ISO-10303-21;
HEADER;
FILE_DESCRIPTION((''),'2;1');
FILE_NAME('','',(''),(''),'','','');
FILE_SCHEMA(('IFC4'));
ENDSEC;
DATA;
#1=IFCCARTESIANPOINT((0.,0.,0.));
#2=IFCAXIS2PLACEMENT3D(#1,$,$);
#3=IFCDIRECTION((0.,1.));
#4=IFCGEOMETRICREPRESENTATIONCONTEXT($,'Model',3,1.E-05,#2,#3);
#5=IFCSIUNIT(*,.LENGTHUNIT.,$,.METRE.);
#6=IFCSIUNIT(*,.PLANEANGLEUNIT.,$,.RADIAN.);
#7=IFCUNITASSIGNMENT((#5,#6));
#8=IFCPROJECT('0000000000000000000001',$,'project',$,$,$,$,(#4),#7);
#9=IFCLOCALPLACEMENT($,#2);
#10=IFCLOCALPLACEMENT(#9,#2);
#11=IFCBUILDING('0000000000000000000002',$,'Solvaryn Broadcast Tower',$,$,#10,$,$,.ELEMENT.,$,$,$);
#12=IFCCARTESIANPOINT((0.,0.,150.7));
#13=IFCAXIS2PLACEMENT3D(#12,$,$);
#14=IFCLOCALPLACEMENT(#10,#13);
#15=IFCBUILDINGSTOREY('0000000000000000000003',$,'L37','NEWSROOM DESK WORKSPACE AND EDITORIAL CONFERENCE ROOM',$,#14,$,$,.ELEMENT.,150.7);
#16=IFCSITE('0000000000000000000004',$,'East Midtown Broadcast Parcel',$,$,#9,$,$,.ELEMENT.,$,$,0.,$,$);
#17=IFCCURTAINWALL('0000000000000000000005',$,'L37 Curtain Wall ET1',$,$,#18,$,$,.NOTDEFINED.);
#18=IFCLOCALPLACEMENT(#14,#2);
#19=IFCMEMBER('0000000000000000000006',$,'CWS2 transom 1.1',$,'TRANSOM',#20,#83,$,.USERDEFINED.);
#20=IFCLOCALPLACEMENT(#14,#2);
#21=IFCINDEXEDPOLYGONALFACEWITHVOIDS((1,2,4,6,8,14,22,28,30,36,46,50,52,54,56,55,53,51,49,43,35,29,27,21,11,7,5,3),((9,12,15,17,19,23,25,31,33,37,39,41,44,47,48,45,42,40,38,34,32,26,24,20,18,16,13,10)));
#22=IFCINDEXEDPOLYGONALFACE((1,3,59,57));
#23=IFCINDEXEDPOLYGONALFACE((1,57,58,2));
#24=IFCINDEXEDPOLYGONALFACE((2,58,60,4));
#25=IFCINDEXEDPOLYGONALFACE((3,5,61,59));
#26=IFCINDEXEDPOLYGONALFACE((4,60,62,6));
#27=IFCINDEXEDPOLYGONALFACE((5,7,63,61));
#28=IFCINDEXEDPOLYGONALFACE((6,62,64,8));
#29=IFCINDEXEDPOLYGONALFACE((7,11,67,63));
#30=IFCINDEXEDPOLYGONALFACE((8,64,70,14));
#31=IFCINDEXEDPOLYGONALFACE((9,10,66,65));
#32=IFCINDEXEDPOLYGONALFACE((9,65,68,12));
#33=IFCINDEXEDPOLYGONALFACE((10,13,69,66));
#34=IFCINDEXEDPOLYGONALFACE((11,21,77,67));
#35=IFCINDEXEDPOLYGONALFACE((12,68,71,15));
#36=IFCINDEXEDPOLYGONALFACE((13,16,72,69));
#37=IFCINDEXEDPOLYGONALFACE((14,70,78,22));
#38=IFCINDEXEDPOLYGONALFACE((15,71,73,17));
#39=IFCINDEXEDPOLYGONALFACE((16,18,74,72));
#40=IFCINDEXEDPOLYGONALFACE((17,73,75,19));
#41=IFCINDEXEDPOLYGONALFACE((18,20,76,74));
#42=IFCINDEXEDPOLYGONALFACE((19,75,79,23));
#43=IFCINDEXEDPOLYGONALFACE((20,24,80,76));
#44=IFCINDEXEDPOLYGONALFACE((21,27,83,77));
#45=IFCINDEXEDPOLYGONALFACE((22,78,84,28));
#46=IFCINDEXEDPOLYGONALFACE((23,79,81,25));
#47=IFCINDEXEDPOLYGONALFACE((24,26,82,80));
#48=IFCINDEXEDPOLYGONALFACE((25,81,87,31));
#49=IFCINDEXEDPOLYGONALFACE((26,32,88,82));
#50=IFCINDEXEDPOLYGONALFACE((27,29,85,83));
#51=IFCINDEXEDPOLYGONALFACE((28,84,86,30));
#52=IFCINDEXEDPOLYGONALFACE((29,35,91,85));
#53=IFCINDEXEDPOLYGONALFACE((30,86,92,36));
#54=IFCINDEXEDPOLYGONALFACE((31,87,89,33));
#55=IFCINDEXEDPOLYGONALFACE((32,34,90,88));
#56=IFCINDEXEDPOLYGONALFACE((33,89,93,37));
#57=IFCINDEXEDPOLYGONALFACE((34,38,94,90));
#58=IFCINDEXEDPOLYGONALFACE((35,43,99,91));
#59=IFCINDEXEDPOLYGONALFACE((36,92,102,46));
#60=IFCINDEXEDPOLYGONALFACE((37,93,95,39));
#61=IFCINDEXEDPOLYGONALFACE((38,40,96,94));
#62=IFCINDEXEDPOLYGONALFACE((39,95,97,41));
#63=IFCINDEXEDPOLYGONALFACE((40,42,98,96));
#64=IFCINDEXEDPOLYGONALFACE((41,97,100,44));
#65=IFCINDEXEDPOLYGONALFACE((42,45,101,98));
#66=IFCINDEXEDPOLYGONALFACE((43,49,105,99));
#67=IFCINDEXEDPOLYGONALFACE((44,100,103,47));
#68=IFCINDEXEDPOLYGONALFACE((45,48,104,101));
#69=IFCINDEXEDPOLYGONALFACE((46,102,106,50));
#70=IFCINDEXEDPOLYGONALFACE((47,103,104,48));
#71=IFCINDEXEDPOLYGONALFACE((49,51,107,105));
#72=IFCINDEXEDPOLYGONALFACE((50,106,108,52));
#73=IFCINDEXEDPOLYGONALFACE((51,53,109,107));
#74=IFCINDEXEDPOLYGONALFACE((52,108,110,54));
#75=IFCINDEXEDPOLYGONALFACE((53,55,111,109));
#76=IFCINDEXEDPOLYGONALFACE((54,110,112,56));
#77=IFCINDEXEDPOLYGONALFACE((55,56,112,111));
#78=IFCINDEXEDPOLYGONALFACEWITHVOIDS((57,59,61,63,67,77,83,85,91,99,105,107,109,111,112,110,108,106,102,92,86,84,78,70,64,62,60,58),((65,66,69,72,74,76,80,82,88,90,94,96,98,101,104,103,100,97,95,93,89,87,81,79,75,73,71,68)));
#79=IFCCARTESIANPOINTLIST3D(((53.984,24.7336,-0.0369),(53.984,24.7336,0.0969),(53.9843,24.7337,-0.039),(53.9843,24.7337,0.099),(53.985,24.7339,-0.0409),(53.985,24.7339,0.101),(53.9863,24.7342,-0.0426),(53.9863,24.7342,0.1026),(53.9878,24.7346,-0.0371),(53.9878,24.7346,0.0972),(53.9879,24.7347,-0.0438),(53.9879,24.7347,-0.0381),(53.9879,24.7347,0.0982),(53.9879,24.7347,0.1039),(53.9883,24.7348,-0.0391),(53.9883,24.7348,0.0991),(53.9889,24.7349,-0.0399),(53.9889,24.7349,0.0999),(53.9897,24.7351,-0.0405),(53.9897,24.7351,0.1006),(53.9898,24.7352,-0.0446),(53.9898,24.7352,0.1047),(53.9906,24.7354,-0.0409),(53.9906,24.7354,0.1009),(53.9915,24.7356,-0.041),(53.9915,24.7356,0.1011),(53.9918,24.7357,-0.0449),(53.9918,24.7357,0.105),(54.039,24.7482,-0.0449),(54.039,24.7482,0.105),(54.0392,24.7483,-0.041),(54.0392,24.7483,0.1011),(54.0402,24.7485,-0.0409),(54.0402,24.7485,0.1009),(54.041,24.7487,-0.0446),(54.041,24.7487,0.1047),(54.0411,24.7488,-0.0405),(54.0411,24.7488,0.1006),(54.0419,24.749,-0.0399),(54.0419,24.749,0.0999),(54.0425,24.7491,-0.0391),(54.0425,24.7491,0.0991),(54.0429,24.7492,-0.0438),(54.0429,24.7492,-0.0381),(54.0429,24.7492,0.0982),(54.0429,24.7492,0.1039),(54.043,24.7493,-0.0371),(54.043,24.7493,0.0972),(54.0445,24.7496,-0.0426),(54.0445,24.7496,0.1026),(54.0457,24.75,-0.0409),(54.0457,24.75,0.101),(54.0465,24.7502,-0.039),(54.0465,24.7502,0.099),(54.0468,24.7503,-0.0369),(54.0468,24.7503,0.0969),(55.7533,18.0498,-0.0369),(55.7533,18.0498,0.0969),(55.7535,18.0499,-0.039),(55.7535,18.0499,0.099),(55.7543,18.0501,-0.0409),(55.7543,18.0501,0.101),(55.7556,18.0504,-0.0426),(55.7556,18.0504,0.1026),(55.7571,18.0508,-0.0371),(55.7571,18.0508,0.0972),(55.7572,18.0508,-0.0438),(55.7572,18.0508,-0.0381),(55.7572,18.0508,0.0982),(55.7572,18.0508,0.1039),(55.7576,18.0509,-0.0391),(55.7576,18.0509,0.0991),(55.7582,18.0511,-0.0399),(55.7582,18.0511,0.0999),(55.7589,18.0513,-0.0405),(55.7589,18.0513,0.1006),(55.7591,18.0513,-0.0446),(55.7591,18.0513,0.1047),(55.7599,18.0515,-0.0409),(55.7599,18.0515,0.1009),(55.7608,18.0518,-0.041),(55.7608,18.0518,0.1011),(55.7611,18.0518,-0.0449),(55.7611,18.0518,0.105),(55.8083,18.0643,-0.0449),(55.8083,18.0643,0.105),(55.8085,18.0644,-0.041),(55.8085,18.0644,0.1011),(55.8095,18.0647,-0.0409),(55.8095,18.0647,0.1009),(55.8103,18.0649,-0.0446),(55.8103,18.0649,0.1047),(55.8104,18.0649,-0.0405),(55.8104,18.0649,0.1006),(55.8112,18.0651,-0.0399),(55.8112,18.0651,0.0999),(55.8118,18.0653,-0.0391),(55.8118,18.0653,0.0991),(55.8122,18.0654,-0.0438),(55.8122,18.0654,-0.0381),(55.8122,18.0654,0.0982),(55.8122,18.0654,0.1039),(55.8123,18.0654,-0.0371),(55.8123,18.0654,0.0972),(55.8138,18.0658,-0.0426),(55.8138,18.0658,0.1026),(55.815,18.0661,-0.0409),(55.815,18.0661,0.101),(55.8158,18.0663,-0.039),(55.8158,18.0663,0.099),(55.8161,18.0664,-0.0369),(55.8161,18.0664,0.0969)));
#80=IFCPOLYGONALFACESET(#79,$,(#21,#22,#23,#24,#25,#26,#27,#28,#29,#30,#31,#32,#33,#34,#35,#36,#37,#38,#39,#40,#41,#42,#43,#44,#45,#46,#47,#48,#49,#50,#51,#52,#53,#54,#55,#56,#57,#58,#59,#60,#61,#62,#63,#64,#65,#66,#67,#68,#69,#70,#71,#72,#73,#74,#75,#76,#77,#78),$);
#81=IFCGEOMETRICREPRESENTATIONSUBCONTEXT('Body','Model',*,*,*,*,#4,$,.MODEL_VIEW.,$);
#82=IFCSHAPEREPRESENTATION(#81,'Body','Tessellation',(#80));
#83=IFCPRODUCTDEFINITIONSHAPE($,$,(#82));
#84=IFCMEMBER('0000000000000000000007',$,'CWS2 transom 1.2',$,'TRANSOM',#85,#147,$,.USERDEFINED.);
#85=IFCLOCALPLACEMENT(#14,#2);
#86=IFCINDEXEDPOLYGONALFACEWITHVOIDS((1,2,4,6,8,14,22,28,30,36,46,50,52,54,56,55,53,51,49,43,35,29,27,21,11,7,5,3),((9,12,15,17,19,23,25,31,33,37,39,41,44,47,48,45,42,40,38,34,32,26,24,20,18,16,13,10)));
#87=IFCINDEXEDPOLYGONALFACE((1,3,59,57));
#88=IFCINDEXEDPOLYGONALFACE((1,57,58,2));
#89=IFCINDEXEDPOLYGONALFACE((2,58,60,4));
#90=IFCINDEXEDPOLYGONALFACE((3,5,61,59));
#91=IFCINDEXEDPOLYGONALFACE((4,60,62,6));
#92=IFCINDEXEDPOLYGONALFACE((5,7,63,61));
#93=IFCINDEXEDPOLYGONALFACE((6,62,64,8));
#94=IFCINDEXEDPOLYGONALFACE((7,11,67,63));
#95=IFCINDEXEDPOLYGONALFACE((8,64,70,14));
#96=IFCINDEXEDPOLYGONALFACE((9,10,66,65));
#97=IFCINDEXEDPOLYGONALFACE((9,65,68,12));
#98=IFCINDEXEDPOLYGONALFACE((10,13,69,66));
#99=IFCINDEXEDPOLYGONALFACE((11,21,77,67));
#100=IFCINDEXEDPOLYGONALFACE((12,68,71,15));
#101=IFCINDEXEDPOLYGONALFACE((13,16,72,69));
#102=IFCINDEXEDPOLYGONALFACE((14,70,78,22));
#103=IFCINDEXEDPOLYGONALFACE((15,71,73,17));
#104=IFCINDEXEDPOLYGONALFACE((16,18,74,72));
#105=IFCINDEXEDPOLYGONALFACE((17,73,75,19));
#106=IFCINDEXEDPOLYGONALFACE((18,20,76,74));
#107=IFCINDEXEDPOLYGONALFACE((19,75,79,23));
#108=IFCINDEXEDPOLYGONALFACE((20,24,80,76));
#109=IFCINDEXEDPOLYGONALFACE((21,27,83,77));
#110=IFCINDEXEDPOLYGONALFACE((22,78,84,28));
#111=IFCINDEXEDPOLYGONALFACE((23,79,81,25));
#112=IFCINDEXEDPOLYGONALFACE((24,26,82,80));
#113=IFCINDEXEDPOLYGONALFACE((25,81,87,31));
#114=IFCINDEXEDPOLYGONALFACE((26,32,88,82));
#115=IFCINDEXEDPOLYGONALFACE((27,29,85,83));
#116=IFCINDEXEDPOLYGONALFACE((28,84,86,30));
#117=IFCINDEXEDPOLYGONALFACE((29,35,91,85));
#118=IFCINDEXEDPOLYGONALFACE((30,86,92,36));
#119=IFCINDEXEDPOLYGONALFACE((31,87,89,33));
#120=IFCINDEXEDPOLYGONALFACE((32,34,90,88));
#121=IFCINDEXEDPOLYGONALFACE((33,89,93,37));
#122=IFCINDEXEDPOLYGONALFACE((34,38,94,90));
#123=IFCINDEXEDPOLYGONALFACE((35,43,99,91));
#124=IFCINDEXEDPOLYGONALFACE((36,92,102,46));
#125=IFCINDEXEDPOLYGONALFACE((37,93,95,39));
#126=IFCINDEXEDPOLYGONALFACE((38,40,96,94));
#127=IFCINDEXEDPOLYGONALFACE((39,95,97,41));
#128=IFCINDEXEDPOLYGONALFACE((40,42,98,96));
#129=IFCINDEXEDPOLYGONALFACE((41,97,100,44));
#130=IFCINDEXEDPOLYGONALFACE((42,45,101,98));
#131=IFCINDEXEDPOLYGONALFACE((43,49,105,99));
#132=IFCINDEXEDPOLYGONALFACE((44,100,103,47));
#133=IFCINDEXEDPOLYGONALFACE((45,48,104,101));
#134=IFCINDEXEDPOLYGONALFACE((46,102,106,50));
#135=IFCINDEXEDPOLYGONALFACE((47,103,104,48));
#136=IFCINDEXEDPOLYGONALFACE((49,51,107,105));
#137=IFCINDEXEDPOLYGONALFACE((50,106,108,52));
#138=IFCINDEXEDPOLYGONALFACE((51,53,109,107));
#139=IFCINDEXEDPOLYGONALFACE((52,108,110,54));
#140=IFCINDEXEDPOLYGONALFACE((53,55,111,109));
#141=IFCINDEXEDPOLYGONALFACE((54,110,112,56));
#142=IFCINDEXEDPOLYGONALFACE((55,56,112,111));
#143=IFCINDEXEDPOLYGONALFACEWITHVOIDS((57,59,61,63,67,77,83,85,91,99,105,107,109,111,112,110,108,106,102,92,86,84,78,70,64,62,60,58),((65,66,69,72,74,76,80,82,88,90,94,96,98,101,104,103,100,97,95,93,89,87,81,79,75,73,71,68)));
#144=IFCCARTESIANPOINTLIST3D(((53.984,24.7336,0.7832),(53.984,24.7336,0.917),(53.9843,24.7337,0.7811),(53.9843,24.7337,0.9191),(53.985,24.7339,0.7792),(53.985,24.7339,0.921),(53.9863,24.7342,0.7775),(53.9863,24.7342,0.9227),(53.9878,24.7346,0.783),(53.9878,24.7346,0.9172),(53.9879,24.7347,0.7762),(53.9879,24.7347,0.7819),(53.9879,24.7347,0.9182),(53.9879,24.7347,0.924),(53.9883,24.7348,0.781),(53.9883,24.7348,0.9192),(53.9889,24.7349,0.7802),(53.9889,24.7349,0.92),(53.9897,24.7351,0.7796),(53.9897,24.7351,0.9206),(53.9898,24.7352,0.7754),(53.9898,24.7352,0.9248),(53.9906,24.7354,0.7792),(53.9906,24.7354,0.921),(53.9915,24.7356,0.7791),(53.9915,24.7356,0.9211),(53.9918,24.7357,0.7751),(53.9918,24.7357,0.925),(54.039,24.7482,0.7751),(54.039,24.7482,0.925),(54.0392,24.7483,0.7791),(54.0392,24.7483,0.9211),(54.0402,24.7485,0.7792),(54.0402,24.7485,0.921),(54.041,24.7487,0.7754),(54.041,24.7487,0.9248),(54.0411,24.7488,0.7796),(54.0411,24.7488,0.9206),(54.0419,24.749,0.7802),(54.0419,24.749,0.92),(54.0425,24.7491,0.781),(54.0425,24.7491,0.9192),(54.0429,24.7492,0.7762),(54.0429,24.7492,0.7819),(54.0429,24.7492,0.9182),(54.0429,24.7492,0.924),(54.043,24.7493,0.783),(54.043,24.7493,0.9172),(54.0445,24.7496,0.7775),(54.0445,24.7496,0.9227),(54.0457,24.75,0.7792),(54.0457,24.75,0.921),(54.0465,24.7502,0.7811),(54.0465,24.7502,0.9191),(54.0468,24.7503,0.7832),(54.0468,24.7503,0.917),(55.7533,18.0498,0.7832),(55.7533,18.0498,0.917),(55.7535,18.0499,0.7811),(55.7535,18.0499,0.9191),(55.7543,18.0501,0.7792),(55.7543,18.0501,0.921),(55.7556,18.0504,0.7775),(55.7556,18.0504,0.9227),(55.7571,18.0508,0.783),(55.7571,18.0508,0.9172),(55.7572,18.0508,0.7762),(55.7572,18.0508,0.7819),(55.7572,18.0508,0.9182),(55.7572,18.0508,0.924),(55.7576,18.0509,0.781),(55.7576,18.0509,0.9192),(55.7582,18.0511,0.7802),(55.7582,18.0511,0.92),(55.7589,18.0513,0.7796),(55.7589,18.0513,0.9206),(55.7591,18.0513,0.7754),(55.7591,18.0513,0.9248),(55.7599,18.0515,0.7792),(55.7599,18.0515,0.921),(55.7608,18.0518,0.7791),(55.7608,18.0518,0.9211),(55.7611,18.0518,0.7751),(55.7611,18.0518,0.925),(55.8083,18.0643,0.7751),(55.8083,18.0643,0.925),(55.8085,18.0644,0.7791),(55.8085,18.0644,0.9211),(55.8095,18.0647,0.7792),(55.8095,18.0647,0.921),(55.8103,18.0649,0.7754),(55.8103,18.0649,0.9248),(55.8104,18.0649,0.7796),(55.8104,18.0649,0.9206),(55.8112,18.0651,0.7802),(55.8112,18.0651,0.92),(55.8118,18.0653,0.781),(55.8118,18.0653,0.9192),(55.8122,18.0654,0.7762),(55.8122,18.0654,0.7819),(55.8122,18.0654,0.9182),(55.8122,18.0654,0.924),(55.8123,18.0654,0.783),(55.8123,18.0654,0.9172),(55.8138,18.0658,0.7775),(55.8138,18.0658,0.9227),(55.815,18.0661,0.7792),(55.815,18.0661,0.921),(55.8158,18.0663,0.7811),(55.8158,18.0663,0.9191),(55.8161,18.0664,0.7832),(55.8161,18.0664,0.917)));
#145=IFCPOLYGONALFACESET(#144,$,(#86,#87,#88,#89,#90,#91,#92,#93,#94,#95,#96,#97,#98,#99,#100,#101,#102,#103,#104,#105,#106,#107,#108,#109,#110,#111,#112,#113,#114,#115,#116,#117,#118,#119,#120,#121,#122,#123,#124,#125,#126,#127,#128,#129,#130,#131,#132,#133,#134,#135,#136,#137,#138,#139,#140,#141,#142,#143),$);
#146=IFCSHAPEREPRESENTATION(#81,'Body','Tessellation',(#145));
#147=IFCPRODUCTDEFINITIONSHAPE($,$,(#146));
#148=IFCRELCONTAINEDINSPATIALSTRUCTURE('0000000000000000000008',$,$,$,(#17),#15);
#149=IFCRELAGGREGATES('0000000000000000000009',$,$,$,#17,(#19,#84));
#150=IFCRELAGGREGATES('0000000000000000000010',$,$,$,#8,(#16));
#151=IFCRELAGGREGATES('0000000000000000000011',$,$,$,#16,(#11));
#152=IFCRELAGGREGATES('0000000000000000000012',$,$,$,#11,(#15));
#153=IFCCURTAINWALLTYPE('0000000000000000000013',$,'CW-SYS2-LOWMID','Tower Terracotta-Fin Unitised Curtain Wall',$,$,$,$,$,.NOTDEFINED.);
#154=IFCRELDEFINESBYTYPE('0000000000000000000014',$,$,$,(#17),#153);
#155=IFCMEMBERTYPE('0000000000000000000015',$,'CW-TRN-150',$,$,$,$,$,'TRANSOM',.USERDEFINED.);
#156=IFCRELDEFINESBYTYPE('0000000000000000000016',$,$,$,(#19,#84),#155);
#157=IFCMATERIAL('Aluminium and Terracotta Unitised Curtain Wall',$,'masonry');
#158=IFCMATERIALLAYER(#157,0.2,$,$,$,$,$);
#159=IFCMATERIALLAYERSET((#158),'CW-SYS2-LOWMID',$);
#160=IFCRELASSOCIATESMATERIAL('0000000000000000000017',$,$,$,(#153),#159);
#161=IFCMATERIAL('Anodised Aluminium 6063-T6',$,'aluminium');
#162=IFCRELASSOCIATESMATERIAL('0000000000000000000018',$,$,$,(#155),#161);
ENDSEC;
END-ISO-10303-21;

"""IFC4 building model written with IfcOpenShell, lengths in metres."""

from ifc_helpers import new_model, si_unit, direction, frame, origin, origin_2d, place, context, subcontext, project, spatial, hollow_rectangle, extrude, material, layer, layer_set, material_profile, profile_set, type_object, element, aggregate, save


model = new_model("IFC4")

# Units and contexts
model_context = context("Model", 3, precision=1e-05, world=origin(), true_north=direction((0.0, 1.0)))
body_context = subcontext(model_context, "Body", "Model", "MODEL_VIEW")
ifc_project = project(units=[si_unit("LENGTHUNIT", "METRE"), si_unit("PLANEANGLEUNIT", "RADIAN")], contexts=[model_context])

# Site, building, storey
site_placement = place(None, origin())
site = spatial("IfcSite", under=ifc_project, at=site_placement, Name="East Midtown Broadcast Parcel", CompositionType="ELEMENT", RefElevation=0.0)
building_placement = place(site_placement, origin())
building = spatial("IfcBuilding", under=site, at=building_placement, Name="Solvaryn Broadcast Tower", CompositionType="ELEMENT")
storey_placement = place(building_placement, frame((0.0, 0.0, 150.7)))
storey = spatial("IfcBuildingStorey", under=building, at=storey_placement, Name="L37", Description="NEWSROOM DESK WORKSPACE AND EDITORIAL CONFERENCE ROOM", CompositionType="ELEMENT", Elevation=150.7)

# Curtain wall
ifc_material_1 = material(Name="Aluminium and Terracotta Unitised Curtain Wall", Category="masonry")
ifc_layer_1 = layer(ifc_material_1, 0.2)
ifc_layer_set_1 = layer_set([ifc_layer_1], Name="CW-SYS2-LOWMID")
curtain_wall_type = type_object("IfcCurtainWallType", Name="CW-SYS2-LOWMID", Description="Tower Terracotta-Fin Unitised Curtain Wall", PredefinedType="NOTDEFINED", material=ifc_layer_set_1)
curtain_wall_1_placement = place(storey_placement, origin())
curtain_wall_1 = element("IfcCurtainWall", 1, at=curtain_wall_1_placement, inside=storey, type_object=curtain_wall_type, Name="L37 Curtain Wall ET1", PredefinedType="NOTDEFINED")

# Members
ifc_material_2 = material(Name="Anodised Aluminium 6063-T6", Category="aluminium")
ifc_material_profile_1 = material_profile(ifc_material_2, hollow_rectangle(XDim=0.0649, YDim=0.1499, WallThickness=0.0039, InnerFilletRadius=0.0039, OuterFilletRadius=0.0081, at=origin_2d()))
ifc_profile_set_1 = profile_set([ifc_material_profile_1], Name="Anodised Aluminium 6063-T6")
member_type_1 = type_object("IfcMemberType", Name="CW-TRN-150", ElementType="TRANSOM", PredefinedType="USERDEFINED", material=ifc_profile_set_1)
member_1_placement = place(storey_placement, frame((54.0154, 24.7419, 0.03), z_axis=(0.255897, -0.966704, 0.0), x_axis=(0.966704, 0.255897, 0.0)))
member_1 = element("IfcMember", 2, at=member_1_placement, type_object=member_type_1, Name="CWS2 transom 1.1", ObjectType="TRANSOM", PredefinedType="USERDEFINED", context=body_context, shape_type="SweptSolid", body=[
    extrude(hollow_rectangle(XDim=0.0649, YDim=0.1499, WallThickness=0.0039, InnerFilletRadius=0.0039, OuterFilletRadius=0.0081, at=origin_2d()), origin(), (0.0, 0.0, 1.0), 6.9141),
])
member_2_placement = place(storey_placement, frame((54.0154, 24.7419, 0.8501), z_axis=(0.255897, -0.966704, 0.0), x_axis=(0.966704, 0.255897, 0.0)))
member_2 = element("IfcMember", 3, at=member_2_placement, type_object=member_type_1, Name="CWS2 transom 1.2", ObjectType="TRANSOM", PredefinedType="USERDEFINED", context=body_context, shape_type="SweptSolid", body=[
    extrude(hollow_rectangle(XDim=0.0649, YDim=0.1499, WallThickness=0.0039, InnerFilletRadius=0.0039, OuterFilletRadius=0.0081, at=origin_2d()), origin(), (0.0, 0.0, 1.0), 6.9141),
])

aggregate(curtain_wall_1, [member_1, member_2])

save(model, "model.ifc")
